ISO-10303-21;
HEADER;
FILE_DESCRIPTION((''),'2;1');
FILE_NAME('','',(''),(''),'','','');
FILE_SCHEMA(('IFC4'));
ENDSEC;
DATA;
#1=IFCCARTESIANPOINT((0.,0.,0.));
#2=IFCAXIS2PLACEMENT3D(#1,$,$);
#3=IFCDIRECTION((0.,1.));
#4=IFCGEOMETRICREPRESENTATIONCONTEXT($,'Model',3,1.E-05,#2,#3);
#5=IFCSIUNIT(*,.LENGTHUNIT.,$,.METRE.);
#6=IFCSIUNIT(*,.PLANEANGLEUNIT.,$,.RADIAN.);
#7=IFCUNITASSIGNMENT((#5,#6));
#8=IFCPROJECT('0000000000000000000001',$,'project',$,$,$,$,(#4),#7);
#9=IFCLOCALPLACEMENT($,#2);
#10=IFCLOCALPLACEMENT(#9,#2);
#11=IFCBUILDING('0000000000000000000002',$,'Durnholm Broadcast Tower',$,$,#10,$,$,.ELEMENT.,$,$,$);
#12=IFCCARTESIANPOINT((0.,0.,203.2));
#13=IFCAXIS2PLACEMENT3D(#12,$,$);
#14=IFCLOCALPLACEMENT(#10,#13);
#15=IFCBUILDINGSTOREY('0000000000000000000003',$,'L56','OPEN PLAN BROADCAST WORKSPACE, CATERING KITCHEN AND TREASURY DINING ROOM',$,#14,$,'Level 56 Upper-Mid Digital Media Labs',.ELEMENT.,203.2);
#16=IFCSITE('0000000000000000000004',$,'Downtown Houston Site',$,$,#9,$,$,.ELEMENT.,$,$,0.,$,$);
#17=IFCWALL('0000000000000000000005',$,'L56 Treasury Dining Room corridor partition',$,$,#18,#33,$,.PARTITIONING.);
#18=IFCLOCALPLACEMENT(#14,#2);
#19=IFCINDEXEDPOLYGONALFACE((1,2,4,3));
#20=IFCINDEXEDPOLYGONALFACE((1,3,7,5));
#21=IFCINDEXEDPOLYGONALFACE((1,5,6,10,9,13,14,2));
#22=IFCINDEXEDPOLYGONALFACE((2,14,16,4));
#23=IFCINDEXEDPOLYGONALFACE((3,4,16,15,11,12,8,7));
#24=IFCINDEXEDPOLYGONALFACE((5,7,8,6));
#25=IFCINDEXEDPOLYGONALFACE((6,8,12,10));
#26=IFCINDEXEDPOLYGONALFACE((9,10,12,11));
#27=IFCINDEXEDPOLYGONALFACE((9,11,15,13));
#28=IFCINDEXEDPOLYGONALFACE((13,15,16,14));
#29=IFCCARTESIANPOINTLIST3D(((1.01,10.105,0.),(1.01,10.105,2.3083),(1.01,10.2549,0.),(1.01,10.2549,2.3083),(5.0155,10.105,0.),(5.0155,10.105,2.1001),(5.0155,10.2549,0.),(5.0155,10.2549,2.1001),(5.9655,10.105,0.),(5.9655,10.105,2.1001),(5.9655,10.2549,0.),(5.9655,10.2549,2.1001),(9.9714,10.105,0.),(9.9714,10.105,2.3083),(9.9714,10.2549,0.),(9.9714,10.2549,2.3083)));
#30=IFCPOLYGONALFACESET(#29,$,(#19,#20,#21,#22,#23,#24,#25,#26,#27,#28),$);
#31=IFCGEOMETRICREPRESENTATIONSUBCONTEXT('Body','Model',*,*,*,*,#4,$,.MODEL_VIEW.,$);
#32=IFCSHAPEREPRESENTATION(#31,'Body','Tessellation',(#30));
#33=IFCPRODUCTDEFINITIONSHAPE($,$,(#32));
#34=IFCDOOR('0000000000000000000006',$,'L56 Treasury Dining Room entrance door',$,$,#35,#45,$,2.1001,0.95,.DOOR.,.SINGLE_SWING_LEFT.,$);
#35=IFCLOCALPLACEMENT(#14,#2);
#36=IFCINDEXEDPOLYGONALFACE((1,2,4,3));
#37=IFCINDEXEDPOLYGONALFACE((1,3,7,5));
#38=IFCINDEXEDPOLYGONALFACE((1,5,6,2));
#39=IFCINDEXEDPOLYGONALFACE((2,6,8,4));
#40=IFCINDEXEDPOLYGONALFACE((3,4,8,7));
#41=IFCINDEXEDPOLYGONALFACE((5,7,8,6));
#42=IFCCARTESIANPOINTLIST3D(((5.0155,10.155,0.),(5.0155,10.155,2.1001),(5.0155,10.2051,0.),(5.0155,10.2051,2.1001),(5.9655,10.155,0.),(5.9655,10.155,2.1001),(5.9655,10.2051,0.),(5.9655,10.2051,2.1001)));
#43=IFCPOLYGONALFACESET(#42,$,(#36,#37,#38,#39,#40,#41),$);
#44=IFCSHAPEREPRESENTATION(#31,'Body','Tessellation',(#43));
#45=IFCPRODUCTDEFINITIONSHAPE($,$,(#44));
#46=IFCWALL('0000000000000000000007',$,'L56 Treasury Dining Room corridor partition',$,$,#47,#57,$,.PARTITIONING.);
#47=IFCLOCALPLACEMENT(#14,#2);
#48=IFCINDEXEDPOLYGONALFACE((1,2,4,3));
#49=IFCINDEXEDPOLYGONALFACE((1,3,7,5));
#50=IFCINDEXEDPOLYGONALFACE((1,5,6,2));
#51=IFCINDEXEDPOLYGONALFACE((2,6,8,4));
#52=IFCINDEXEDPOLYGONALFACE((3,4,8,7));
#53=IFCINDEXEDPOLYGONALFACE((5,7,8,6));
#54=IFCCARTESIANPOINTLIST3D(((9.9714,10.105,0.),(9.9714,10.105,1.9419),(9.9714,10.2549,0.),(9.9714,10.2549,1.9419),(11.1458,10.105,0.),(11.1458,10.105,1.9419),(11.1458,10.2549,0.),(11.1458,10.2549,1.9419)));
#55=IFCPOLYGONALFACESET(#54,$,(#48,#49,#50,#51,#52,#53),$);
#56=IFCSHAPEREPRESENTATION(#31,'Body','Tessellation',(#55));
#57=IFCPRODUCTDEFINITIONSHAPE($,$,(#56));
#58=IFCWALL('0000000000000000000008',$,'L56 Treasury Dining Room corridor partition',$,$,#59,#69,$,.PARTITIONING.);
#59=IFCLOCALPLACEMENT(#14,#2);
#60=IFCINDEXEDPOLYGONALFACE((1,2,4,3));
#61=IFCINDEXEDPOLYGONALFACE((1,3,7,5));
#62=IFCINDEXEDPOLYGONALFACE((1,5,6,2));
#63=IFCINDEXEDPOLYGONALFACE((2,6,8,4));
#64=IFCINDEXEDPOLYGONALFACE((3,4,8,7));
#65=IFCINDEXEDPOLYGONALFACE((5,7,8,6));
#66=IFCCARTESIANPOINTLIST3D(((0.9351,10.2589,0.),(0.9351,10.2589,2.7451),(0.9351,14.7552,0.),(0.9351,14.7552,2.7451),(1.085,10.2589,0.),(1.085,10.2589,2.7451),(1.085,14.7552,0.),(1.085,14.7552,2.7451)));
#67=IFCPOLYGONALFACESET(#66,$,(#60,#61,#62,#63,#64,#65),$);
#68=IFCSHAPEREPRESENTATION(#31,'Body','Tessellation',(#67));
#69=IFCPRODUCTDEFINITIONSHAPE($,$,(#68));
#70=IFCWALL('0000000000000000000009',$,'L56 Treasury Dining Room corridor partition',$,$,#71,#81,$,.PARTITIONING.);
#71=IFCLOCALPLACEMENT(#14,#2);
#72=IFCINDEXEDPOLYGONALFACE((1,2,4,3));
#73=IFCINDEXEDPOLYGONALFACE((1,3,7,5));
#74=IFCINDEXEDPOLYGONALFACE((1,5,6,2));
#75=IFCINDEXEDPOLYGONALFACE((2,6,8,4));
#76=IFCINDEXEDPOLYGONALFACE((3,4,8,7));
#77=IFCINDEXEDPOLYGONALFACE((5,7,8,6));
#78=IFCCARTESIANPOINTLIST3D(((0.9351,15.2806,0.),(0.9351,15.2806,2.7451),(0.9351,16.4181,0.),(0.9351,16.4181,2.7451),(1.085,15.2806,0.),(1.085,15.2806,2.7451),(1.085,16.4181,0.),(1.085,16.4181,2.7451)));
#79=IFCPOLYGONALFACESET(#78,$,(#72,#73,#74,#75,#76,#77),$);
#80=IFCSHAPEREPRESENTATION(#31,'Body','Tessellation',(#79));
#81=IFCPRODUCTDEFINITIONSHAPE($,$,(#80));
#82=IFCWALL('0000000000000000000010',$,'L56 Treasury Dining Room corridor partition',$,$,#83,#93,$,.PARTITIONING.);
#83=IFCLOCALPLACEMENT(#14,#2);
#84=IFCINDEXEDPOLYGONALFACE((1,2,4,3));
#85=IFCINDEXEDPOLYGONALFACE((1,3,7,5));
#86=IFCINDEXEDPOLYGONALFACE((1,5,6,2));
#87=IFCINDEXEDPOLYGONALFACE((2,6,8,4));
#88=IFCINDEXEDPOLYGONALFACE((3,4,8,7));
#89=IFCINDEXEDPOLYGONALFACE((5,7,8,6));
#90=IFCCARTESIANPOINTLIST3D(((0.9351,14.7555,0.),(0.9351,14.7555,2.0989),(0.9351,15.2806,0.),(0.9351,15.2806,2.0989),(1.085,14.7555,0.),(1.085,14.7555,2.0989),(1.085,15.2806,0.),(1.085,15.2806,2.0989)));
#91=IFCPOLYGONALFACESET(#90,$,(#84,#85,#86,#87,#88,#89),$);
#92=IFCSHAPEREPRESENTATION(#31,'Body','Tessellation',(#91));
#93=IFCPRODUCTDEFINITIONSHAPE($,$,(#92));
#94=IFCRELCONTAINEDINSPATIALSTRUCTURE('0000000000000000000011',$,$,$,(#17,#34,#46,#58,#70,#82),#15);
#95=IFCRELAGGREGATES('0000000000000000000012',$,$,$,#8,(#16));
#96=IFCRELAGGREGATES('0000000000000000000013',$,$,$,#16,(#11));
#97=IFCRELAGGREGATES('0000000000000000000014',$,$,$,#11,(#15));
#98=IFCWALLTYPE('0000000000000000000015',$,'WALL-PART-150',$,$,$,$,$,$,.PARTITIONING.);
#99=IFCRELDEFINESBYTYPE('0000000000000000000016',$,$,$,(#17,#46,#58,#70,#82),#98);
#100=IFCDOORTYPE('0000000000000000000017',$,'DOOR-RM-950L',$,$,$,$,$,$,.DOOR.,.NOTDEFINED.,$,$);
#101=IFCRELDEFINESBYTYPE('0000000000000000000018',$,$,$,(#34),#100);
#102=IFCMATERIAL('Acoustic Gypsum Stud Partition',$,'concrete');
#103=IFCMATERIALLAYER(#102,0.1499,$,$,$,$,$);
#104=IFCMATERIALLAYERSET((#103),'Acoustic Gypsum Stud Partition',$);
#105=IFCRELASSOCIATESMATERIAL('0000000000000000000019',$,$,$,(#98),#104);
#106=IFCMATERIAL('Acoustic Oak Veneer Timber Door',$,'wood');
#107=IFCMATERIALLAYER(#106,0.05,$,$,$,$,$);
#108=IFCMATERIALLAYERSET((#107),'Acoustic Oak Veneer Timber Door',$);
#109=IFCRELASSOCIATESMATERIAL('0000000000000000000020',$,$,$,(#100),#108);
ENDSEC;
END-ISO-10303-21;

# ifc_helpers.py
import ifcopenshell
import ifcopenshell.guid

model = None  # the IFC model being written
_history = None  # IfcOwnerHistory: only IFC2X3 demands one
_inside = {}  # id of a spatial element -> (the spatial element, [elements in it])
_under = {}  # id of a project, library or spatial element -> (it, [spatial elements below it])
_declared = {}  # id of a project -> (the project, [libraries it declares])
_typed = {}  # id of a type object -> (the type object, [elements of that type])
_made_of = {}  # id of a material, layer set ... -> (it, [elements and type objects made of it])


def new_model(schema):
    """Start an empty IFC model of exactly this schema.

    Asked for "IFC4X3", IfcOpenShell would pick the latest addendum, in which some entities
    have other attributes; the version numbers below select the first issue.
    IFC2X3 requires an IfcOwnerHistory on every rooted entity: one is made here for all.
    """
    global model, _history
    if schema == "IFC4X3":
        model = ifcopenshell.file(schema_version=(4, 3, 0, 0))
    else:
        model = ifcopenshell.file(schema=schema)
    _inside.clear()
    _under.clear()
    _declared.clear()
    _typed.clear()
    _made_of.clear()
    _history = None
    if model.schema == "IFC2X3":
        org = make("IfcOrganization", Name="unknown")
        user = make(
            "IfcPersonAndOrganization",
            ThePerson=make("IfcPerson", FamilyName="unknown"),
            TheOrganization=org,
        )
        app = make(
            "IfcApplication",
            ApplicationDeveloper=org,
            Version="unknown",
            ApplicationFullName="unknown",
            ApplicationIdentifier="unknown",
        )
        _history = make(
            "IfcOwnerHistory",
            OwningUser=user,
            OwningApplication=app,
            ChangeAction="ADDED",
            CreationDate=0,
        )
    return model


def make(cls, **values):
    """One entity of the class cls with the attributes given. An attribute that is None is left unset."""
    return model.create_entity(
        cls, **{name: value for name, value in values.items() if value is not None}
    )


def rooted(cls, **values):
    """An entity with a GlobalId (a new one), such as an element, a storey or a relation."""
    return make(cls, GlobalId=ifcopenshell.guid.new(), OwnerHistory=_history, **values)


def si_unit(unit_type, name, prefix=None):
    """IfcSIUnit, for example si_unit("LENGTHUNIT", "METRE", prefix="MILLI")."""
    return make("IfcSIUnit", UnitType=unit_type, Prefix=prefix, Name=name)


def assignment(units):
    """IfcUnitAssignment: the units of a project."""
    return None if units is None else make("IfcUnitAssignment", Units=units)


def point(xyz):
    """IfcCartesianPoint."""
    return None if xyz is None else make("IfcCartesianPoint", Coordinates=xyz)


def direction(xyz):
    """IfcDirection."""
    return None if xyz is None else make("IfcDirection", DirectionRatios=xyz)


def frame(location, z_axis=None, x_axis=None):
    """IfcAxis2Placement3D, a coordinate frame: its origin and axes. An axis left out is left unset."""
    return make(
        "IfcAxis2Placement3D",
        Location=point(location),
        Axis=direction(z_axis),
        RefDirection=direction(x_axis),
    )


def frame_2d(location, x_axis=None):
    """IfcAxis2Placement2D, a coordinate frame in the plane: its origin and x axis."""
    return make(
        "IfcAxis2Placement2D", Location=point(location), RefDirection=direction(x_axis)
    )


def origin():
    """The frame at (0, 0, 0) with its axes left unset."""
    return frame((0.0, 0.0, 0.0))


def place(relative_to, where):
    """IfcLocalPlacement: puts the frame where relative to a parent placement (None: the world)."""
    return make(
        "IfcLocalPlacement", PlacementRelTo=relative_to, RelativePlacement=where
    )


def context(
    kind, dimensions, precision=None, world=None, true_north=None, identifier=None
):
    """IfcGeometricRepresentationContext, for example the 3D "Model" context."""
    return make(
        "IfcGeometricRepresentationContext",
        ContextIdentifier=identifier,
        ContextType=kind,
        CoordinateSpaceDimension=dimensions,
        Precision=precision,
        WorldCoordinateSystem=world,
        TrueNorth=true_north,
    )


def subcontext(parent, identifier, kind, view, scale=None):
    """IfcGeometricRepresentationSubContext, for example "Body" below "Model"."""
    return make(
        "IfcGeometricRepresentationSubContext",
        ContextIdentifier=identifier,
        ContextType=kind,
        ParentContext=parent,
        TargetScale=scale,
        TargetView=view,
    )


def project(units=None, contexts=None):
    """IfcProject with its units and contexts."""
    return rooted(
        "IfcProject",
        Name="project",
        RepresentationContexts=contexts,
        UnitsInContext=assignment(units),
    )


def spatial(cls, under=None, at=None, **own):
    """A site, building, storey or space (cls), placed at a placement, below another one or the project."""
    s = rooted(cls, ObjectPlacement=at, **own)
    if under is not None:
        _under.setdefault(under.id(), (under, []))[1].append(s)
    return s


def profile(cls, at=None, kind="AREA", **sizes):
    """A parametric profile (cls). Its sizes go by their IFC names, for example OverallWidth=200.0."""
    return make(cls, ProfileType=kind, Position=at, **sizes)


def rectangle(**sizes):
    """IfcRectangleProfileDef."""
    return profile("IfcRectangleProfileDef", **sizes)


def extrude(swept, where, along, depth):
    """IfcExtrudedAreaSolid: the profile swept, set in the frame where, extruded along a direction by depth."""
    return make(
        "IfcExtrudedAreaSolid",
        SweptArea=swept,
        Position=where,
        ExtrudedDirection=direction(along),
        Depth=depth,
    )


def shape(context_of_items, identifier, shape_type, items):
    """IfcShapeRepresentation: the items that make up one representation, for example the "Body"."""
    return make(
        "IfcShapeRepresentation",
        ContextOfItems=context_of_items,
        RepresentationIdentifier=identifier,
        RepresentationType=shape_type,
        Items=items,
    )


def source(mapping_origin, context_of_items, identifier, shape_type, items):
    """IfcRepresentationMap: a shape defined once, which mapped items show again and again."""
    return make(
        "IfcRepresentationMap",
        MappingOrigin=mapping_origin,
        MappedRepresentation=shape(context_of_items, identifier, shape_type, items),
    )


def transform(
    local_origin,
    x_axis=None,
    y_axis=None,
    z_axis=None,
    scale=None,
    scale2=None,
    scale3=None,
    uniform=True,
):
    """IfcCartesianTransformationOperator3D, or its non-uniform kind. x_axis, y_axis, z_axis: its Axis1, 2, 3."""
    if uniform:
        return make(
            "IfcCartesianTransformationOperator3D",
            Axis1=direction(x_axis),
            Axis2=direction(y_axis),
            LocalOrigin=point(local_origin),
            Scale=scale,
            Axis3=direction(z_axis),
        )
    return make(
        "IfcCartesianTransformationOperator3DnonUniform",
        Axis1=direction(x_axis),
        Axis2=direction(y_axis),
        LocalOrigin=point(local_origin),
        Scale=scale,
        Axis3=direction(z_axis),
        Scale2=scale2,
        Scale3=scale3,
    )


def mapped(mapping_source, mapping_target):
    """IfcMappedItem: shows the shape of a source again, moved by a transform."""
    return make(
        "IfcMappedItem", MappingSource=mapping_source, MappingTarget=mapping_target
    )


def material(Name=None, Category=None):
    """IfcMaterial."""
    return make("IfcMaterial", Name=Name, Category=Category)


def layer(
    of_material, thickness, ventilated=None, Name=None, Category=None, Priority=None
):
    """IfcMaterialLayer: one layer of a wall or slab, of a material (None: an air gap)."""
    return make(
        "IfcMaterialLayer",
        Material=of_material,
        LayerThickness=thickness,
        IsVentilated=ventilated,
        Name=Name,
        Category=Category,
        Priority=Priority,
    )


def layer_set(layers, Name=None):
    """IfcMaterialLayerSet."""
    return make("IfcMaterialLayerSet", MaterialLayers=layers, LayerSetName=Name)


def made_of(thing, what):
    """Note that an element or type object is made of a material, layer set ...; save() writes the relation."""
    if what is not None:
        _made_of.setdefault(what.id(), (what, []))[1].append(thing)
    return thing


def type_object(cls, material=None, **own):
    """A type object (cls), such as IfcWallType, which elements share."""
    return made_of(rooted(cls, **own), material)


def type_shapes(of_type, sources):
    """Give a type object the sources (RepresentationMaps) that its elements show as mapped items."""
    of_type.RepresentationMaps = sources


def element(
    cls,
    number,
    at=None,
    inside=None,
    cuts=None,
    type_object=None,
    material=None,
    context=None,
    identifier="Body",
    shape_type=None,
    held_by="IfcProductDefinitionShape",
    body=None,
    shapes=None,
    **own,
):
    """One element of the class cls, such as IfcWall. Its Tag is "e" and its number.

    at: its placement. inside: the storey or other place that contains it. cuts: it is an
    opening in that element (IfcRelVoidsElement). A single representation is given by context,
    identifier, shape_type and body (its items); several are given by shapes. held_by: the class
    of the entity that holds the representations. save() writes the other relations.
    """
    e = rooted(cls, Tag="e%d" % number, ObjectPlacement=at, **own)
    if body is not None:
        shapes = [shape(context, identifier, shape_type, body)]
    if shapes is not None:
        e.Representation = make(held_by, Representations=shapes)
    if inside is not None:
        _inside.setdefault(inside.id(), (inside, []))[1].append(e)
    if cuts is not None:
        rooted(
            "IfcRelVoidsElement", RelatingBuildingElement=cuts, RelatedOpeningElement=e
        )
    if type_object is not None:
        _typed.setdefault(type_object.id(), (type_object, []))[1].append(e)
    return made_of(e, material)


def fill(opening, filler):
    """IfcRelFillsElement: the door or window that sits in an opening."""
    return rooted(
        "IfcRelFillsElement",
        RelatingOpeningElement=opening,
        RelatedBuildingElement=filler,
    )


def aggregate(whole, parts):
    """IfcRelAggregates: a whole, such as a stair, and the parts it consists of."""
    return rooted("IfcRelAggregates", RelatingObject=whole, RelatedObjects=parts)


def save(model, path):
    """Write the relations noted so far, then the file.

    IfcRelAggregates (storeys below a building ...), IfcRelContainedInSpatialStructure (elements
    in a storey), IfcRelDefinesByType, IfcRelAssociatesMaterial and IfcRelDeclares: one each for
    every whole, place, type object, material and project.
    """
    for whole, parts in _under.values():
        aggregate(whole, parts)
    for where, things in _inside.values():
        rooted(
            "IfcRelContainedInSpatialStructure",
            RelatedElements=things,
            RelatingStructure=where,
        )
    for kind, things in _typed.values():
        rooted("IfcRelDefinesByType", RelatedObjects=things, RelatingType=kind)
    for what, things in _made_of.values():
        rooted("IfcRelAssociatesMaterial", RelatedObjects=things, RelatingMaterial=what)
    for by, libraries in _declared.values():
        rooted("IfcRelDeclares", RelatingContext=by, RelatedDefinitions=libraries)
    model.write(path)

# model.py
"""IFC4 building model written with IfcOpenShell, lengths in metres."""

from ifc_helpers import new_model, si_unit, direction, frame, frame_2d, origin, place, context, subcontext, project, spatial, rectangle, extrude, source, transform, mapped, material, layer, layer_set, type_object, type_shapes, element, fill, save


model = new_model("IFC4")

# Units and contexts
model_context = context("Model", 3, precision=1e-05, world=origin(), true_north=direction((0.0, 1.0)))
body_context = subcontext(model_context, "Body", "Model", "MODEL_VIEW")
ifc_project = project(units=[si_unit("LENGTHUNIT", "METRE"), si_unit("PLANEANGLEUNIT", "RADIAN")], contexts=[model_context])

# Site, building, storey
site_placement = place(None, origin())
site = spatial("IfcSite", under=ifc_project, at=site_placement, Name="Downtown Houston Site", CompositionType="ELEMENT", RefElevation=0.0)
building_placement = place(site_placement, origin())
building = spatial("IfcBuilding", under=site, at=building_placement, Name="Durnholm Broadcast Tower", CompositionType="ELEMENT")
storey_placement = place(building_placement, frame((0.0, 0.0, 203.2)))
storey = spatial("IfcBuildingStorey", under=building, at=storey_placement, Name="L56", Description="OPEN PLAN BROADCAST WORKSPACE, CATERING KITCHEN AND TREASURY DINING ROOM", LongName="Level 56 Upper-Mid Digital Media Labs", CompositionType="ELEMENT", Elevation=203.2)

# Wall, opening, door
ifc_material_1 = material(Name="Acoustic Gypsum Stud Partition", Category="concrete")
ifc_layer_1 = layer(ifc_material_1, 0.1499)
ifc_layer_set_1 = layer_set([ifc_layer_1], Name="Acoustic Gypsum Stud Partition")
wall_type = type_object("IfcWallType", Name="WALL-PART-150", PredefinedType="PARTITIONING", material=ifc_layer_set_1)
wall_1_placement = place(storey_placement, frame((9.9714, 10.1799, 0.0), z_axis=(0.0, 0.0, 1.0), x_axis=(-1.0, 0.0, 0.0)))
wall_1 = element("IfcWall", 1, at=wall_1_placement, inside=storey, type_object=wall_type, Name="L56 Treasury Dining Room corridor partition", PredefinedType="PARTITIONING", context=body_context, shape_type="SweptSolid", body=[
    extrude(rectangle(XDim=8.9614, YDim=0.1499, at=frame_2d((4.4807, 0.0))), origin(), (0.0, 0.0, 1.0), 2.3083),
])
opening_placement = place(wall_1_placement, frame((4.0059, 0.0, 0.0)))
opening = element("IfcOpeningElement", 2, at=opening_placement, cuts=wall_1, PredefinedType="OPENING", context=body_context, shape_type="SweptSolid", body=[
    extrude(rectangle(XDim=0.95, YDim=2.1001, at=frame_2d((0.4751, 1.05))), frame((0.0, 0.085, 0.0), z_axis=(0.0, -1.0, 0.0), x_axis=(1.0, 0.0, 0.0)), (0.0, 0.0, 1.0), 0.1699),
])
ifc_material_2 = material(Name="Acoustic Oak Veneer Timber Door", Category="wood")
ifc_layer_2 = layer(ifc_material_2, 0.05)
ifc_layer_set_2 = layer_set([ifc_layer_2], Name="Acoustic Oak Veneer Timber Door")
door_type = type_object("IfcDoorType", Name="DOOR-RM-950L", OperationType="NOTDEFINED", PredefinedType="DOOR", material=ifc_layer_set_2)
shared_shape_1 = source(origin(), body_context, "Body", "SweptSolid", [
    extrude(rectangle(XDim=0.95, YDim=2.1001, at=frame_2d((0.4751, 1.05))), frame((0.0, 0.0249, 0.0), z_axis=(0.0, -1.0, 0.0), x_axis=(1.0, 0.0, 0.0)), (0.0, 0.0, 1.0), 0.05),
])
type_shapes(door_type, [shared_shape_1])
door_placement = place(opening_placement, origin())
door = element("IfcDoor", 3, at=door_placement, inside=storey, type_object=door_type, Name="L56 Treasury Dining Room entrance door", OperationType="SINGLE_SWING_LEFT", OverallHeight=2.1001, OverallWidth=0.95, PredefinedType="DOOR", context=body_context, shape_type="MappedRepresentation", body=[
    mapped(shared_shape_1, transform((0.0, 0.0, 0.0), x_axis=(1.0, 0.0, 0.0), y_axis=(0.0, 1.0, 0.0), z_axis=(0.0, 0.0, 1.0), scale=1.0)),
])
fill(opening, door)

# Walls
wall_2_placement = place(storey_placement, frame((11.1458, 10.1799, 0.0), z_axis=(0.0, 0.0, 1.0), x_axis=(-1.0, 0.0, 0.0)))
element("IfcWall", 4, at=wall_2_placement, inside=storey, type_object=wall_type, Name="L56 Treasury Dining Room corridor partition", PredefinedType="PARTITIONING", context=body_context, shape_type="SweptSolid", body=[
    extrude(rectangle(XDim=1.1743, YDim=0.1499, at=frame_2d((0.5872, 0.0))), origin(), (0.0, 0.0, 1.0), 1.9419),
])
wall_3_placement = place(storey_placement, frame((1.01, 10.259, 0.0), z_axis=(0.0, 0.0, 1.0), x_axis=(0.0, 1.0, 0.0)))
element("IfcWall", 5, at=wall_3_placement, inside=storey, type_object=wall_type, Name="L56 Treasury Dining Room corridor partition", PredefinedType="PARTITIONING", context=body_context, shape_type="SweptSolid", body=[
    extrude(rectangle(XDim=4.4963, YDim=0.1499, at=frame_2d((2.248, 0.0))), origin(), (0.0, 0.0, 1.0), 2.7451),
])
wall_4_placement = place(storey_placement, frame((1.01, 15.2805, 0.0), z_axis=(0.0, 0.0, 1.0), x_axis=(0.0, 1.0, 0.0)))
element("IfcWall", 6, at=wall_4_placement, inside=storey, type_object=wall_type, Name="L56 Treasury Dining Room corridor partition", PredefinedType="PARTITIONING", context=body_context, shape_type="SweptSolid", body=[
    extrude(rectangle(XDim=1.1375, YDim=0.1499, at=frame_2d((0.5688, 0.0))), origin(), (0.0, 0.0, 1.0), 2.7451),
])
wall_5_placement = place(storey_placement, frame((1.01, 14.7554, 0.0), z_axis=(0.0, 0.0, 1.0), x_axis=(0.0, 1.0, 0.0)))
element("IfcWall", 7, at=wall_5_placement, inside=storey, type_object=wall_type, Name="L56 Treasury Dining Room corridor partition", PredefinedType="PARTITIONING", context=body_context, shape_type="SweptSolid", body=[
    extrude(rectangle(XDim=0.5251, YDim=0.1499, at=frame_2d((0.2627, 0.0))), origin(), (0.0, 0.0, 1.0), 2.0989),
])

save(model, "model.ifc")
